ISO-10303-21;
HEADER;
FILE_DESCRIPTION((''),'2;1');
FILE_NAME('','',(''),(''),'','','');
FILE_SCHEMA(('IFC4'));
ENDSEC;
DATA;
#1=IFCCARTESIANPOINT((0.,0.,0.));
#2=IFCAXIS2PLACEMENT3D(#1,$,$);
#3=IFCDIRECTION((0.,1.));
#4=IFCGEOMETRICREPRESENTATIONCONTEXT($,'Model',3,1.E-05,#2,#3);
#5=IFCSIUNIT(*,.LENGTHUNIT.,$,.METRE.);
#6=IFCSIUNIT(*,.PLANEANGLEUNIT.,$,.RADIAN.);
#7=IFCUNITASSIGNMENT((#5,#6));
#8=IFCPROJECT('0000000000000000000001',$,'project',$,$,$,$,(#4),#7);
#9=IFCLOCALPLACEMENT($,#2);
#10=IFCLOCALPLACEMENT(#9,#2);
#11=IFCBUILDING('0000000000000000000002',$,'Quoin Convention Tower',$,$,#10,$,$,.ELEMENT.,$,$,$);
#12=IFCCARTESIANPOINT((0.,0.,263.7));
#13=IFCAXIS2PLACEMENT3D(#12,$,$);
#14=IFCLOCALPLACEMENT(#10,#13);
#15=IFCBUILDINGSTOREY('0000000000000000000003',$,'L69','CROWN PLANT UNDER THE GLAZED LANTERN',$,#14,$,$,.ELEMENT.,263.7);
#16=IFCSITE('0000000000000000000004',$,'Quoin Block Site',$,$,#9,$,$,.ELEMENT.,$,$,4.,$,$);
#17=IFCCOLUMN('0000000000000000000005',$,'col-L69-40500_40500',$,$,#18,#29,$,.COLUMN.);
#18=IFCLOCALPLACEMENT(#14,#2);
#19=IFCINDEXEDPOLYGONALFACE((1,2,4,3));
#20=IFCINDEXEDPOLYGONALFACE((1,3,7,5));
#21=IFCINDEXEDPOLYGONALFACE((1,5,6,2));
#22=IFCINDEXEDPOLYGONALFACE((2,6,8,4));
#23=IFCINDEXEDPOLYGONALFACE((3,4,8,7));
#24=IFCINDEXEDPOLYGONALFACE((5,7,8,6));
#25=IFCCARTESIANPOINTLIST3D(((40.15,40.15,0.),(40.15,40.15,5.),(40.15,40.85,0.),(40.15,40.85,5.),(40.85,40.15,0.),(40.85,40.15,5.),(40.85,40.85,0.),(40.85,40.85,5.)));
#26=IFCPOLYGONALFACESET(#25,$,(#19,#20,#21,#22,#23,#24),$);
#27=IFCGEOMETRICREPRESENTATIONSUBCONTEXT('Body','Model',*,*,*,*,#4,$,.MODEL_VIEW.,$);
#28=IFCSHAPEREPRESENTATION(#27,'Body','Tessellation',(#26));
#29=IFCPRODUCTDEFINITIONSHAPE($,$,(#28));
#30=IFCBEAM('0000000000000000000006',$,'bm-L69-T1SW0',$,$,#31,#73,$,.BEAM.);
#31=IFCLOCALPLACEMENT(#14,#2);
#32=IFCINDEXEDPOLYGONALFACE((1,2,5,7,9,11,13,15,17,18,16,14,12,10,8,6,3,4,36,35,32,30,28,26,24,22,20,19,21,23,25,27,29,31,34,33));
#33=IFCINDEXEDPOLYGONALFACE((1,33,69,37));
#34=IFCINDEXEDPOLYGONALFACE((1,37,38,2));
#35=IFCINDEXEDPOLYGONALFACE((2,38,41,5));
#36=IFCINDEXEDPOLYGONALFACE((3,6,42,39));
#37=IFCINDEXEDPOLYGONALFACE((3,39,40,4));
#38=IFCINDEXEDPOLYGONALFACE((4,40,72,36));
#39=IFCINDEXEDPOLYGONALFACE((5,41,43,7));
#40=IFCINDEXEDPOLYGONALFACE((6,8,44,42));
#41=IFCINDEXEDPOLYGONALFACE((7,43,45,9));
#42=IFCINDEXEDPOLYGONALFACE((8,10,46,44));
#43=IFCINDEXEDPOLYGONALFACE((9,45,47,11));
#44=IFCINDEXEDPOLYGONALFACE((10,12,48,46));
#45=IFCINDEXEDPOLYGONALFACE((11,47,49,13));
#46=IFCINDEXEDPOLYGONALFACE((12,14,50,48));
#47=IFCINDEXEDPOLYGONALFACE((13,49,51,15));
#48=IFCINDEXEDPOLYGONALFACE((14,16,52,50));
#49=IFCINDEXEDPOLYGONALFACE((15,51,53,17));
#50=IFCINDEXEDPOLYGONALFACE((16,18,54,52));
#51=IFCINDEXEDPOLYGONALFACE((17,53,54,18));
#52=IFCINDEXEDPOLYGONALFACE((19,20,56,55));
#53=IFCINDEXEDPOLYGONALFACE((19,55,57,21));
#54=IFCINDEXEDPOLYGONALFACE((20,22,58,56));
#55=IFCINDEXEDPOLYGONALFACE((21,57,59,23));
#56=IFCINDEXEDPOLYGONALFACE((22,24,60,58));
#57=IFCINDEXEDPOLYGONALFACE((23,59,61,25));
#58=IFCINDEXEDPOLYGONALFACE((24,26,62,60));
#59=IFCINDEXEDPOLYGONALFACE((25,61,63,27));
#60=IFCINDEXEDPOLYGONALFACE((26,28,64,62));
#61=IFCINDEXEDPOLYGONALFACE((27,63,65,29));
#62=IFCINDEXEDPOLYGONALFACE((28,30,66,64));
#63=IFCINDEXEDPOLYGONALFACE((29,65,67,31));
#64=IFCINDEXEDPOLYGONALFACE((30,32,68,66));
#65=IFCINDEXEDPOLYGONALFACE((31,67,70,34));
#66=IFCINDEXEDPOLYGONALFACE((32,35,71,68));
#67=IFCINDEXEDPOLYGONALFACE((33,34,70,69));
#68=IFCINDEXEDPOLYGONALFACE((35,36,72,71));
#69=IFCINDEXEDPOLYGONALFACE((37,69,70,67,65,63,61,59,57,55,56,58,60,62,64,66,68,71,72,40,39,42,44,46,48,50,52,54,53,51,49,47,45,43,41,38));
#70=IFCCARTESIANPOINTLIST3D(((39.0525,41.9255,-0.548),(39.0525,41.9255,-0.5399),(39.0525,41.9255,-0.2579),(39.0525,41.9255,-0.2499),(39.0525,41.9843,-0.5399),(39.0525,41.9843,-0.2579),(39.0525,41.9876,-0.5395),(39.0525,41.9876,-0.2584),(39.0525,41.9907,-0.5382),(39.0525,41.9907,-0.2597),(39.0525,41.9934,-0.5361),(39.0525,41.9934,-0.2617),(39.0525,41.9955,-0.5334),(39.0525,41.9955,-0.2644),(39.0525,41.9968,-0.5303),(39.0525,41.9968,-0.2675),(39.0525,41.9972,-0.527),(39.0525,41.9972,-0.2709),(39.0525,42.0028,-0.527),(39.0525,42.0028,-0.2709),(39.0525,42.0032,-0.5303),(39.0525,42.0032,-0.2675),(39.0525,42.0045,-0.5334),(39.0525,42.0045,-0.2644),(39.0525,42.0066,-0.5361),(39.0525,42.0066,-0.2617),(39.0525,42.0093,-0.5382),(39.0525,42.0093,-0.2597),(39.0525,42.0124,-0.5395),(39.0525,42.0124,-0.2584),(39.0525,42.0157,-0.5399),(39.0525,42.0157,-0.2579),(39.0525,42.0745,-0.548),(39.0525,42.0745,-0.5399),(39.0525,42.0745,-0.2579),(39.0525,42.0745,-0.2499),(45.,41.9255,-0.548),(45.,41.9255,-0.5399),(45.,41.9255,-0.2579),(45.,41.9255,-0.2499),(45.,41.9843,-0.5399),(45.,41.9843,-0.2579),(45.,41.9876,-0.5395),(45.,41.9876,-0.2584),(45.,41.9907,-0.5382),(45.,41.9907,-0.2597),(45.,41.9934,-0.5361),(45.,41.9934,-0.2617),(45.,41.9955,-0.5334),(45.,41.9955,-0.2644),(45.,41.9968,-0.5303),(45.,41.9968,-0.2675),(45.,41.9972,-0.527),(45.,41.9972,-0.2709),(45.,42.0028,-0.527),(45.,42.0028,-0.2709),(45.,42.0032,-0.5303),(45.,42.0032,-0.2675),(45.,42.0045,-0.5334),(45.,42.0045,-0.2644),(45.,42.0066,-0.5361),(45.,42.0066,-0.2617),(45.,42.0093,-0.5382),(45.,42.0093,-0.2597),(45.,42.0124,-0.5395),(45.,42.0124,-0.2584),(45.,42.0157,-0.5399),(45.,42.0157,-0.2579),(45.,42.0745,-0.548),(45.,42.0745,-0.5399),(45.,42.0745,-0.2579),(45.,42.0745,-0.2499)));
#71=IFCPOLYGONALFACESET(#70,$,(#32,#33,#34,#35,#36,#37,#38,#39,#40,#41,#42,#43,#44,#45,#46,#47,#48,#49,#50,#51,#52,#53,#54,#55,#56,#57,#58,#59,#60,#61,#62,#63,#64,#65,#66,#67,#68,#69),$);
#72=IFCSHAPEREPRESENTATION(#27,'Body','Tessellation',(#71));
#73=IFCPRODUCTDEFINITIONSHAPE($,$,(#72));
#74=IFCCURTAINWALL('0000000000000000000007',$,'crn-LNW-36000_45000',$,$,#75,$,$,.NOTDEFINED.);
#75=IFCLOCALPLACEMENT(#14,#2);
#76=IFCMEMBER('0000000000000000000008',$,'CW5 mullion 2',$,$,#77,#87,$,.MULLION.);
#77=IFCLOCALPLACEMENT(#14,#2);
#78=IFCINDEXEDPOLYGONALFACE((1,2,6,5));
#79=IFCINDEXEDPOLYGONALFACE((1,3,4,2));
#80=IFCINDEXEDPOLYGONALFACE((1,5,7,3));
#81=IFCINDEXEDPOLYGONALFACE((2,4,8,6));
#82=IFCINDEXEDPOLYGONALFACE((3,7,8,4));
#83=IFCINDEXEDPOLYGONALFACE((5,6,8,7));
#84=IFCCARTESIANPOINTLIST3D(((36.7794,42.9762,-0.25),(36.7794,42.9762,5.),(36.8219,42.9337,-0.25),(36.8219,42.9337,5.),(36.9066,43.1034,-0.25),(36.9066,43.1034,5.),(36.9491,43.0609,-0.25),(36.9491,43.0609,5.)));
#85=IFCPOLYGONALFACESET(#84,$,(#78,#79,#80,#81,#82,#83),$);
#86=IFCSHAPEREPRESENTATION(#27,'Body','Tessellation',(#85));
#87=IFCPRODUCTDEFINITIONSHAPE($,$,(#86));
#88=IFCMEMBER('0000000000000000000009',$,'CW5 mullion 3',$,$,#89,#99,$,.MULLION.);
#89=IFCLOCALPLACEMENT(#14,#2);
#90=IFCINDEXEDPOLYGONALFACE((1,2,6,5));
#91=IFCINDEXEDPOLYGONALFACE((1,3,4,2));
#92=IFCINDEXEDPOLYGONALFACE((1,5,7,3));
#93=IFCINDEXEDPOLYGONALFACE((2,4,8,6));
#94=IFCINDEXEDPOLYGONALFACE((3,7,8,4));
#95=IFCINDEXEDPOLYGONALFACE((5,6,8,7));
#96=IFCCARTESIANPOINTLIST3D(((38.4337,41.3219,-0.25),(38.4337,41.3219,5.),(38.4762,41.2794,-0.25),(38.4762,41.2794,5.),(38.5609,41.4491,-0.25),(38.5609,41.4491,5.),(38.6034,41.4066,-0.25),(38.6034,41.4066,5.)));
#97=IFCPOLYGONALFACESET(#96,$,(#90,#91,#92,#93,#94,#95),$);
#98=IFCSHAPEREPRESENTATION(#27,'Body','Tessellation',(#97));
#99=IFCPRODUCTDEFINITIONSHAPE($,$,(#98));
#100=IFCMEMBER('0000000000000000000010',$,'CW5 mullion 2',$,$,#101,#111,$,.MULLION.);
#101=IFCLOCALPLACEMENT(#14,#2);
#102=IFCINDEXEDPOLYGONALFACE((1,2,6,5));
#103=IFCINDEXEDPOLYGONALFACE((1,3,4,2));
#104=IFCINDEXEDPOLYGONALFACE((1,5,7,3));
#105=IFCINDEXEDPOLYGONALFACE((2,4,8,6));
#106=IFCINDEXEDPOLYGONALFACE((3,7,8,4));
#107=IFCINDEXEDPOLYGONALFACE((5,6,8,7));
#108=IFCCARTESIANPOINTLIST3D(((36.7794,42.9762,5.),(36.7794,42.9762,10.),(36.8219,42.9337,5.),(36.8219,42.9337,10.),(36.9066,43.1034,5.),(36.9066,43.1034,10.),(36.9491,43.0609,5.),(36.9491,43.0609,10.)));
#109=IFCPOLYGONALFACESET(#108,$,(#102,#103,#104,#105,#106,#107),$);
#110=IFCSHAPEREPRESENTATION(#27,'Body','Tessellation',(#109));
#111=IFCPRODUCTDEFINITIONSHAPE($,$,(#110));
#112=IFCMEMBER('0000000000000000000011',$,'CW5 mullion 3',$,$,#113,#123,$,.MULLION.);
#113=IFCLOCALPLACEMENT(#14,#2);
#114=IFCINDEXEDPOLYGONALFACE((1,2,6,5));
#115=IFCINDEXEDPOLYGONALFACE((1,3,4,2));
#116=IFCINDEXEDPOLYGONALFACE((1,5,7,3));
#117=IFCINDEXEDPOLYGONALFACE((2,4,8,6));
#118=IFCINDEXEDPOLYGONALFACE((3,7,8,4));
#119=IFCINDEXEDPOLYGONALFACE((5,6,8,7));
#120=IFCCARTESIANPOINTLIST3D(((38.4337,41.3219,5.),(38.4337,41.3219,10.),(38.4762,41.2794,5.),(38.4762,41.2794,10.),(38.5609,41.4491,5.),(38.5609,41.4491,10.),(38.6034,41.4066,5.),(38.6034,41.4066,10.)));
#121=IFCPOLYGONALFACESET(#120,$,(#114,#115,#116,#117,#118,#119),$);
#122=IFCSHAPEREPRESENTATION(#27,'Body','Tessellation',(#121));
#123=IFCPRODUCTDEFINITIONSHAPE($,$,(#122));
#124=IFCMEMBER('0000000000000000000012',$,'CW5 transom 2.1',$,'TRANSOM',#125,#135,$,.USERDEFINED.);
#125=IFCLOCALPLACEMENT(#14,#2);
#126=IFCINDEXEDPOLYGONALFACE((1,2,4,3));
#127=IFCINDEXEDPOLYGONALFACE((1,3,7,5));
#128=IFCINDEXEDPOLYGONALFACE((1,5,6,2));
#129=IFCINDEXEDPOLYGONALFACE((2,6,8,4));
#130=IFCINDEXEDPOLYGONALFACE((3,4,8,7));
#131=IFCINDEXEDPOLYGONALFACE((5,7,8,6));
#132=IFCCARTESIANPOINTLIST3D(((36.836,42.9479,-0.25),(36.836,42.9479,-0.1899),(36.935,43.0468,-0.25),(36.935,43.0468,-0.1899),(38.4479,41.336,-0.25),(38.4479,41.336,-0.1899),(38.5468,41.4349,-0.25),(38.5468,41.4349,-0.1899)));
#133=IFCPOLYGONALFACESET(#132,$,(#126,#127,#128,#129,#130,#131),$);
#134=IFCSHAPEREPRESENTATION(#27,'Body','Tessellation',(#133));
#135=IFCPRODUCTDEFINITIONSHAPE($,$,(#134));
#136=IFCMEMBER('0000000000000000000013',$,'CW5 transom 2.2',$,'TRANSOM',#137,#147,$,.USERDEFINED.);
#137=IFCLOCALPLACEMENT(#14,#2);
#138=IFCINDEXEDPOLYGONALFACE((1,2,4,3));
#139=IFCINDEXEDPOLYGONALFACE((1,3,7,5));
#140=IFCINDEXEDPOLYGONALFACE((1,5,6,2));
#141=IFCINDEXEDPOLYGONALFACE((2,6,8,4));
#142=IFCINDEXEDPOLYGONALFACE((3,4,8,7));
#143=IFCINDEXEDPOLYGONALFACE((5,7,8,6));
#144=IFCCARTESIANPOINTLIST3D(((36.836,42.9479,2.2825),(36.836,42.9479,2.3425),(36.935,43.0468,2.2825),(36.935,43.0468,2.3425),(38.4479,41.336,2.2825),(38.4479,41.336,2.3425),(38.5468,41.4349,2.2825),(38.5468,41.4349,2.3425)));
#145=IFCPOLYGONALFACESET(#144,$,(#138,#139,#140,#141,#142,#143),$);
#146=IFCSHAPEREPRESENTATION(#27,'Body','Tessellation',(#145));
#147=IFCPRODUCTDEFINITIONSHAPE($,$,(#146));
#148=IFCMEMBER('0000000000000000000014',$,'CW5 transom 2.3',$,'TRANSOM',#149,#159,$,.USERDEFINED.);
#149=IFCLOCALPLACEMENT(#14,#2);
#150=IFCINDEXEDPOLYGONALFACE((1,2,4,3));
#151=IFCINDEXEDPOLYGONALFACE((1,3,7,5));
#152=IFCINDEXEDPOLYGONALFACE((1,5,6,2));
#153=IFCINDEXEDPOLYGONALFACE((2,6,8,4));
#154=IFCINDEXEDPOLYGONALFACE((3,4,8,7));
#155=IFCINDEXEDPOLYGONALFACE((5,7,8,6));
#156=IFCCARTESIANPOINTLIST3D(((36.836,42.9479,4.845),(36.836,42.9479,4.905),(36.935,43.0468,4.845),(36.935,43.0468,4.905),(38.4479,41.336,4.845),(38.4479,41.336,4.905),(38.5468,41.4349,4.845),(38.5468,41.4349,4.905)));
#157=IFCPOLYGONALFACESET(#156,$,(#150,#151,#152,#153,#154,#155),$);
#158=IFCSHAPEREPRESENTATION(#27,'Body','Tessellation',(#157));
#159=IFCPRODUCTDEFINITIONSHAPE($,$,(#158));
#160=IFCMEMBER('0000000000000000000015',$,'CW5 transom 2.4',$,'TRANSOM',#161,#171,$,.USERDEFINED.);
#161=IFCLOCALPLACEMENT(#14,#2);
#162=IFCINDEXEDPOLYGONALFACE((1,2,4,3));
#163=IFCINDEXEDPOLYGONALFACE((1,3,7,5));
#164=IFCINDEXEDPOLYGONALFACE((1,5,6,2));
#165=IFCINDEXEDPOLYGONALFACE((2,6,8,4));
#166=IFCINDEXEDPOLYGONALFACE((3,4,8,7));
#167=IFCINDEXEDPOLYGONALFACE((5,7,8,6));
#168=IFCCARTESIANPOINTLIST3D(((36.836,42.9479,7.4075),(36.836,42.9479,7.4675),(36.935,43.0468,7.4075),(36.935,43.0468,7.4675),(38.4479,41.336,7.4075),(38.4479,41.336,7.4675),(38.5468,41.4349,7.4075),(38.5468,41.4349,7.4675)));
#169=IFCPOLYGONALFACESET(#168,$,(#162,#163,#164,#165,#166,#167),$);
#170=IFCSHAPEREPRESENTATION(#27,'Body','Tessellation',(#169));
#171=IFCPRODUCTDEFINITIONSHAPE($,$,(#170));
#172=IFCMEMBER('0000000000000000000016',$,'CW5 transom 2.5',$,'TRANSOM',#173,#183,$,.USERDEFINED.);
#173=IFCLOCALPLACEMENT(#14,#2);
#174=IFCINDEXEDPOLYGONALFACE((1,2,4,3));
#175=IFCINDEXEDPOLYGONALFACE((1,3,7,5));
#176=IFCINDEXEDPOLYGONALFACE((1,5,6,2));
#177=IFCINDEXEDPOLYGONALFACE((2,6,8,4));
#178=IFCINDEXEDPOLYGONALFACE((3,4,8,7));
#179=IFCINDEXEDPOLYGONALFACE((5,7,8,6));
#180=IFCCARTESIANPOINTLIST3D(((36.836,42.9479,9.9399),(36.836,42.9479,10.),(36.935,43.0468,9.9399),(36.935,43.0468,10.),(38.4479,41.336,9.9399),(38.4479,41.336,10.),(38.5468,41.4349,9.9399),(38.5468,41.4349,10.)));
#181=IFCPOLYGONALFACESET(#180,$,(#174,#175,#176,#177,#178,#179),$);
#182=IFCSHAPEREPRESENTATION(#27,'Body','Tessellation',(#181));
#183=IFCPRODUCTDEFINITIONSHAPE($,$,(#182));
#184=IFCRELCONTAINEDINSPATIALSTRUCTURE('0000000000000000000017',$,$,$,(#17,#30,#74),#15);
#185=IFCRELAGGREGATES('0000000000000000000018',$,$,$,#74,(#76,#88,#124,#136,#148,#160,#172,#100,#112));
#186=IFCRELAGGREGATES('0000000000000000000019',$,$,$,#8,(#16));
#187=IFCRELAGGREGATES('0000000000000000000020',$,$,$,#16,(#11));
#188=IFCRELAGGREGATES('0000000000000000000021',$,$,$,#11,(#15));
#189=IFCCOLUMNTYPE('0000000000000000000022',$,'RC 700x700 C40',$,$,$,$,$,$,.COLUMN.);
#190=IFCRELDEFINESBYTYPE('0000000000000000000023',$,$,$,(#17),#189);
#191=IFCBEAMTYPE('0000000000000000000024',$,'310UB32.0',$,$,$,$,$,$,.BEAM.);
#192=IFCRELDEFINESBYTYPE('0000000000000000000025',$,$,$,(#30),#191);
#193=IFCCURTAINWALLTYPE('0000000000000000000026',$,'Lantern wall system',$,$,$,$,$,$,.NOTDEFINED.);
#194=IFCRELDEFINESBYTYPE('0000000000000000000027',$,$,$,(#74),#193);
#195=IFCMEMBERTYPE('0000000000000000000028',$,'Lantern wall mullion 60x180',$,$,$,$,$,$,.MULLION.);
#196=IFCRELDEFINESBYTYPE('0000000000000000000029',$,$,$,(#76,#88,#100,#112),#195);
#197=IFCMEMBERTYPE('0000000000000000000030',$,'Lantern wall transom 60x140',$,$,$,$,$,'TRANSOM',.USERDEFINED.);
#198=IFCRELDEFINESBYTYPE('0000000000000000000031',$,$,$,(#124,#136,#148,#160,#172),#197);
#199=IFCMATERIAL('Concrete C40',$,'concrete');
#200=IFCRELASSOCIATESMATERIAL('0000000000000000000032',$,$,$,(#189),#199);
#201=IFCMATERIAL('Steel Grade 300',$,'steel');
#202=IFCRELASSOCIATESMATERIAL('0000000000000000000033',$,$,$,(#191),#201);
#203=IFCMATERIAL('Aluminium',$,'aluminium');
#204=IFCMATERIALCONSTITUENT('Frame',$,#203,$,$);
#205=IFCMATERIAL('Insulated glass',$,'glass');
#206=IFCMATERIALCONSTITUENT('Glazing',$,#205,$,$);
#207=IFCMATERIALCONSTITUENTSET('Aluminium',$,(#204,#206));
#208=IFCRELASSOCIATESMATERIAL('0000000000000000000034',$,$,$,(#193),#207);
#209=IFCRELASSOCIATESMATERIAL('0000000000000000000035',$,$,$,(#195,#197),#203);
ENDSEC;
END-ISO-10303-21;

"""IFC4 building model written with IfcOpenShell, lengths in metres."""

from ifc_helpers import new_model, si_unit, direction, frame, origin, origin_2d, place, context, subcontext, project, spatial, rectangle, i_section, extrude, material, constituent, constituent_set, material_profile, profile_set, type_object, element, aggregate, save


model = new_model("IFC4")

# Units and contexts
model_context = context("Model", 3, precision=1e-05, world=origin(), true_north=direction((0.0, 1.0)))
body_context = subcontext(model_context, "Body", "Model", "MODEL_VIEW")
ifc_project = project(units=[si_unit("LENGTHUNIT", "METRE"), si_unit("PLANEANGLEUNIT", "RADIAN")], contexts=[model_context])

# Site, building, storey
site_placement = place(None, origin())
site = spatial("IfcSite", under=ifc_project, at=site_placement, Name="Quoin Block Site", CompositionType="ELEMENT", RefElevation=4.0)
building_placement = place(site_placement, origin())
building = spatial("IfcBuilding", under=site, at=building_placement, Name="Quoin Convention Tower", CompositionType="ELEMENT")
storey_placement = place(building_placement, frame((0.0, 0.0, 263.7)))
storey = spatial("IfcBuildingStorey", under=building, at=storey_placement, Name="L69", Description="CROWN PLANT UNDER THE GLAZED LANTERN", CompositionType="ELEMENT", Elevation=263.7)

# Column
ifc_material_1 = material(Name="Concrete C40", Category="concrete")
ifc_material_profile_1 = material_profile(ifc_material_1, rectangle(XDim=0.7, YDim=0.7, at=origin_2d()), Name="RC 700x700")
ifc_profile_set_1 = profile_set([ifc_material_profile_1], Name="Concrete C40")
column_type = type_object("IfcColumnType", Name="RC 700x700 C40", PredefinedType="COLUMN", material=ifc_profile_set_1)
column_placement = place(storey_placement, frame((40.5, 40.5, 0.0), z_axis=(0.0, 0.0, 1.0), x_axis=(1.0, 0.0, 0.0)))
element("IfcColumn", 1, at=column_placement, inside=storey, type_object=column_type, Name="col-L69-40500_40500", PredefinedType="COLUMN", context=body_context, shape_type="SweptSolid", body=[
    extrude(rectangle(XDim=0.7, YDim=0.7, at=origin_2d()), origin(), (0.0, 0.0, 1.0), 5.0),
])

# Beam
ifc_material_2 = material(Name="Steel Grade 300", Category="steel")
ifc_material_profile_2 = material_profile(ifc_material_2, i_section(OverallWidth=0.1489, OverallDepth=0.2981, WebThickness=0.0056, FlangeThickness=0.0081, FilletRadius=0.0129, at=origin_2d()), Name="310UB32.0")
ifc_profile_set_2 = profile_set([ifc_material_profile_2], Name="Steel Grade 300")
beam_type_1 = type_object("IfcBeamType", Name="310UB32.0", PredefinedType="BEAM", material=ifc_profile_set_2)
beam_1_placement = place(storey_placement, frame((39.0525, 42.0, -0.3989), z_axis=(1.0, 0.0, 0.0), x_axis=(0.0, 1.0, 0.0)))
element("IfcBeam", 2, at=beam_1_placement, inside=storey, type_object=beam_type_1, Name="bm-L69-T1SW0", PredefinedType="BEAM", context=body_context, shape_type="SweptSolid", body=[
    extrude(i_section(OverallWidth=0.1489, OverallDepth=0.2981, WebThickness=0.0056, FlangeThickness=0.0081, FilletRadius=0.0129, at=origin_2d()), origin(), (0.0, 0.0, 1.0), 5.9475),
])

# Curtain wall, members
ifc_material_3 = material(Name="Aluminium", Category="aluminium")
ifc_constituent_1 = constituent(ifc_material_3, Name="Frame")
ifc_material_4 = material(Name="Insulated glass", Category="glass")
ifc_constituent_2 = constituent(ifc_material_4, Name="Glazing")
ifc_constituent_set = constituent_set(constituents=[ifc_constituent_1, ifc_constituent_2], Name="Aluminium")
curtain_wall_type = type_object("IfcCurtainWallType", Name="Lantern wall system", PredefinedType="NOTDEFINED", material=ifc_constituent_set)
curtain_wall_placement = place(storey_placement, origin())
curtain_wall = element("IfcCurtainWall", 3, at=curtain_wall_placement, inside=storey, type_object=curtain_wall_type, Name="crn-LNW-36000_45000", PredefinedType="NOTDEFINED")
ifc_material_profile_3 = material_profile(ifc_material_3, rectangle(XDim=0.1799, YDim=0.0601, at=origin_2d()), Name="Lantern wall mullion 60x180")
ifc_profile_set_3 = profile_set([ifc_material_profile_3], Name="Aluminium")
member_type_1 = type_object("IfcMemberType", Name="Lantern wall mullion 60x180", PredefinedType="MULLION", material=ifc_profile_set_3)
member_1_placement = place(storey_placement, frame((36.8643, 43.0186, -0.25), z_axis=(0.0, 0.0, 1.0), x_axis=(0.707107, 0.707107, 0.0)))
member_1 = element("IfcMember", 4, at=member_1_placement, type_object=member_type_1, Name="CW5 mullion 2", PredefinedType="MULLION", context=body_context, shape_type="SweptSolid", body=[
    extrude(rectangle(XDim=0.1799, YDim=0.0601, at=origin_2d()), origin(), (0.0, 0.0, 1.0), 5.25),
])
member_2_placement = place(storey_placement, frame((38.5186, 41.3643, -0.25), z_axis=(0.0, 0.0, 1.0), x_axis=(0.707107, 0.707107, 0.0)))
member_2 = element("IfcMember", 5, at=member_2_placement, type_object=member_type_1, Name="CW5 mullion 3", PredefinedType="MULLION", context=body_context, shape_type="SweptSolid", body=[
    extrude(rectangle(XDim=0.1799, YDim=0.0601, at=origin_2d()), origin(), (0.0, 0.0, 1.0), 5.25),
])
member_3_placement = place(storey_placement, frame((36.8643, 43.0186, 5.0), z_axis=(0.0, 0.0, 1.0), x_axis=(0.707107, 0.707107, 0.0)))
member_3 = element("IfcMember", 6, at=member_3_placement, type_object=member_type_1, Name="CW5 mullion 2", PredefinedType="MULLION", context=body_context, shape_type="SweptSolid", body=[
    extrude(rectangle(XDim=0.1799, YDim=0.0601, at=origin_2d()), origin(), (0.0, 0.0, 1.0), 5.0),
])
member_4_placement = place(storey_placement, frame((38.5186, 41.3643, 5.0), z_axis=(0.0, 0.0, 1.0), x_axis=(0.707107, 0.707107, 0.0)))
member_4 = element("IfcMember", 7, at=member_4_placement, type_object=member_type_1, Name="CW5 mullion 3", PredefinedType="MULLION", context=body_context, shape_type="SweptSolid", body=[
    extrude(rectangle(XDim=0.1799, YDim=0.0601, at=origin_2d()), origin(), (0.0, 0.0, 1.0), 5.0),
])
ifc_material_profile_4 = material_profile(ifc_material_3, rectangle(XDim=0.1399, YDim=0.0601, at=origin_2d()), Name="Lantern wall transom 60x140")
ifc_profile_set_4 = profile_set([ifc_material_profile_4], Name="Aluminium")
member_type_2 = type_object("IfcMemberType", Name="Lantern wall transom 60x140", ElementType="TRANSOM", PredefinedType="USERDEFINED", material=ifc_profile_set_4)
member_5_placement = place(storey_placement, frame((36.8855, 42.9973, -0.22), z_axis=(0.707107, -0.707107, 0.0), x_axis=(0.707107, 0.707107, 0.0)))
member_5 = element("IfcMember", 8, at=member_5_placement, type_object=member_type_2, Name="CW5 transom 2.1", ObjectType="TRANSOM", PredefinedType="USERDEFINED", context=body_context, shape_type="SweptSolid", body=[
    extrude(rectangle(XDim=0.1399, YDim=0.0601, at=origin_2d()), origin(), (0.0, 0.0, 1.0), 2.2795),
])
member_6_placement = place(storey_placement, frame((36.8855, 42.9973, 2.3125), z_axis=(0.707107, -0.707107, 0.0), x_axis=(0.707107, 0.707107, 0.0)))
member_6 = element("IfcMember", 9, at=member_6_placement, type_object=member_type_2, Name="CW5 transom 2.2", ObjectType="TRANSOM", PredefinedType="USERDEFINED", context=body_context, shape_type="SweptSolid", body=[
    extrude(rectangle(XDim=0.1399, YDim=0.0601, at=origin_2d()), origin(), (0.0, 0.0, 1.0), 2.2795),
])
member_7_placement = place(storey_placement, frame((36.8855, 42.9973, 4.875), z_axis=(0.707107, -0.707107, 0.0), x_axis=(0.707107, 0.707107, 0.0)))
member_7 = element("IfcMember", 10, at=member_7_placement, type_object=member_type_2, Name="CW5 transom 2.3", ObjectType="TRANSOM", PredefinedType="USERDEFINED", context=body_context, shape_type="SweptSolid", body=[
    extrude(rectangle(XDim=0.1399, YDim=0.0601, at=origin_2d()), origin(), (0.0, 0.0, 1.0), 2.2795),
])
member_8_placement = place(storey_placement, frame((36.8855, 42.9973, 7.4375), z_axis=(0.707107, -0.707107, 0.0), x_axis=(0.707107, 0.707107, 0.0)))
member_8 = element("IfcMember", 11, at=member_8_placement, type_object=member_type_2, Name="CW5 transom 2.4", ObjectType="TRANSOM", PredefinedType="USERDEFINED", context=body_context, shape_type="SweptSolid", body=[
    extrude(rectangle(XDim=0.1399, YDim=0.0601, at=origin_2d()), origin(), (0.0, 0.0, 1.0), 2.2795),
])
member_9_placement = place(storey_placement, frame((36.8855, 42.9973, 9.97), z_axis=(0.707107, -0.707107, 0.0), x_axis=(0.707107, 0.707107, 0.0)))
member_9 = element("IfcMember", 12, at=member_9_placement, type_object=member_type_2, Name="CW5 transom 2.5", ObjectType="TRANSOM", PredefinedType="USERDEFINED", context=body_context, shape_type="SweptSolid", body=[
    extrude(rectangle(XDim=0.1399, YDim=0.0601, at=origin_2d()), origin(), (0.0, 0.0, 1.0), 2.2795),
])

aggregate(curtain_wall, [member_1, member_2, member_5, member_6, member_7, member_8, member_9, member_3, member_4])

save(model, "model.ifc")
